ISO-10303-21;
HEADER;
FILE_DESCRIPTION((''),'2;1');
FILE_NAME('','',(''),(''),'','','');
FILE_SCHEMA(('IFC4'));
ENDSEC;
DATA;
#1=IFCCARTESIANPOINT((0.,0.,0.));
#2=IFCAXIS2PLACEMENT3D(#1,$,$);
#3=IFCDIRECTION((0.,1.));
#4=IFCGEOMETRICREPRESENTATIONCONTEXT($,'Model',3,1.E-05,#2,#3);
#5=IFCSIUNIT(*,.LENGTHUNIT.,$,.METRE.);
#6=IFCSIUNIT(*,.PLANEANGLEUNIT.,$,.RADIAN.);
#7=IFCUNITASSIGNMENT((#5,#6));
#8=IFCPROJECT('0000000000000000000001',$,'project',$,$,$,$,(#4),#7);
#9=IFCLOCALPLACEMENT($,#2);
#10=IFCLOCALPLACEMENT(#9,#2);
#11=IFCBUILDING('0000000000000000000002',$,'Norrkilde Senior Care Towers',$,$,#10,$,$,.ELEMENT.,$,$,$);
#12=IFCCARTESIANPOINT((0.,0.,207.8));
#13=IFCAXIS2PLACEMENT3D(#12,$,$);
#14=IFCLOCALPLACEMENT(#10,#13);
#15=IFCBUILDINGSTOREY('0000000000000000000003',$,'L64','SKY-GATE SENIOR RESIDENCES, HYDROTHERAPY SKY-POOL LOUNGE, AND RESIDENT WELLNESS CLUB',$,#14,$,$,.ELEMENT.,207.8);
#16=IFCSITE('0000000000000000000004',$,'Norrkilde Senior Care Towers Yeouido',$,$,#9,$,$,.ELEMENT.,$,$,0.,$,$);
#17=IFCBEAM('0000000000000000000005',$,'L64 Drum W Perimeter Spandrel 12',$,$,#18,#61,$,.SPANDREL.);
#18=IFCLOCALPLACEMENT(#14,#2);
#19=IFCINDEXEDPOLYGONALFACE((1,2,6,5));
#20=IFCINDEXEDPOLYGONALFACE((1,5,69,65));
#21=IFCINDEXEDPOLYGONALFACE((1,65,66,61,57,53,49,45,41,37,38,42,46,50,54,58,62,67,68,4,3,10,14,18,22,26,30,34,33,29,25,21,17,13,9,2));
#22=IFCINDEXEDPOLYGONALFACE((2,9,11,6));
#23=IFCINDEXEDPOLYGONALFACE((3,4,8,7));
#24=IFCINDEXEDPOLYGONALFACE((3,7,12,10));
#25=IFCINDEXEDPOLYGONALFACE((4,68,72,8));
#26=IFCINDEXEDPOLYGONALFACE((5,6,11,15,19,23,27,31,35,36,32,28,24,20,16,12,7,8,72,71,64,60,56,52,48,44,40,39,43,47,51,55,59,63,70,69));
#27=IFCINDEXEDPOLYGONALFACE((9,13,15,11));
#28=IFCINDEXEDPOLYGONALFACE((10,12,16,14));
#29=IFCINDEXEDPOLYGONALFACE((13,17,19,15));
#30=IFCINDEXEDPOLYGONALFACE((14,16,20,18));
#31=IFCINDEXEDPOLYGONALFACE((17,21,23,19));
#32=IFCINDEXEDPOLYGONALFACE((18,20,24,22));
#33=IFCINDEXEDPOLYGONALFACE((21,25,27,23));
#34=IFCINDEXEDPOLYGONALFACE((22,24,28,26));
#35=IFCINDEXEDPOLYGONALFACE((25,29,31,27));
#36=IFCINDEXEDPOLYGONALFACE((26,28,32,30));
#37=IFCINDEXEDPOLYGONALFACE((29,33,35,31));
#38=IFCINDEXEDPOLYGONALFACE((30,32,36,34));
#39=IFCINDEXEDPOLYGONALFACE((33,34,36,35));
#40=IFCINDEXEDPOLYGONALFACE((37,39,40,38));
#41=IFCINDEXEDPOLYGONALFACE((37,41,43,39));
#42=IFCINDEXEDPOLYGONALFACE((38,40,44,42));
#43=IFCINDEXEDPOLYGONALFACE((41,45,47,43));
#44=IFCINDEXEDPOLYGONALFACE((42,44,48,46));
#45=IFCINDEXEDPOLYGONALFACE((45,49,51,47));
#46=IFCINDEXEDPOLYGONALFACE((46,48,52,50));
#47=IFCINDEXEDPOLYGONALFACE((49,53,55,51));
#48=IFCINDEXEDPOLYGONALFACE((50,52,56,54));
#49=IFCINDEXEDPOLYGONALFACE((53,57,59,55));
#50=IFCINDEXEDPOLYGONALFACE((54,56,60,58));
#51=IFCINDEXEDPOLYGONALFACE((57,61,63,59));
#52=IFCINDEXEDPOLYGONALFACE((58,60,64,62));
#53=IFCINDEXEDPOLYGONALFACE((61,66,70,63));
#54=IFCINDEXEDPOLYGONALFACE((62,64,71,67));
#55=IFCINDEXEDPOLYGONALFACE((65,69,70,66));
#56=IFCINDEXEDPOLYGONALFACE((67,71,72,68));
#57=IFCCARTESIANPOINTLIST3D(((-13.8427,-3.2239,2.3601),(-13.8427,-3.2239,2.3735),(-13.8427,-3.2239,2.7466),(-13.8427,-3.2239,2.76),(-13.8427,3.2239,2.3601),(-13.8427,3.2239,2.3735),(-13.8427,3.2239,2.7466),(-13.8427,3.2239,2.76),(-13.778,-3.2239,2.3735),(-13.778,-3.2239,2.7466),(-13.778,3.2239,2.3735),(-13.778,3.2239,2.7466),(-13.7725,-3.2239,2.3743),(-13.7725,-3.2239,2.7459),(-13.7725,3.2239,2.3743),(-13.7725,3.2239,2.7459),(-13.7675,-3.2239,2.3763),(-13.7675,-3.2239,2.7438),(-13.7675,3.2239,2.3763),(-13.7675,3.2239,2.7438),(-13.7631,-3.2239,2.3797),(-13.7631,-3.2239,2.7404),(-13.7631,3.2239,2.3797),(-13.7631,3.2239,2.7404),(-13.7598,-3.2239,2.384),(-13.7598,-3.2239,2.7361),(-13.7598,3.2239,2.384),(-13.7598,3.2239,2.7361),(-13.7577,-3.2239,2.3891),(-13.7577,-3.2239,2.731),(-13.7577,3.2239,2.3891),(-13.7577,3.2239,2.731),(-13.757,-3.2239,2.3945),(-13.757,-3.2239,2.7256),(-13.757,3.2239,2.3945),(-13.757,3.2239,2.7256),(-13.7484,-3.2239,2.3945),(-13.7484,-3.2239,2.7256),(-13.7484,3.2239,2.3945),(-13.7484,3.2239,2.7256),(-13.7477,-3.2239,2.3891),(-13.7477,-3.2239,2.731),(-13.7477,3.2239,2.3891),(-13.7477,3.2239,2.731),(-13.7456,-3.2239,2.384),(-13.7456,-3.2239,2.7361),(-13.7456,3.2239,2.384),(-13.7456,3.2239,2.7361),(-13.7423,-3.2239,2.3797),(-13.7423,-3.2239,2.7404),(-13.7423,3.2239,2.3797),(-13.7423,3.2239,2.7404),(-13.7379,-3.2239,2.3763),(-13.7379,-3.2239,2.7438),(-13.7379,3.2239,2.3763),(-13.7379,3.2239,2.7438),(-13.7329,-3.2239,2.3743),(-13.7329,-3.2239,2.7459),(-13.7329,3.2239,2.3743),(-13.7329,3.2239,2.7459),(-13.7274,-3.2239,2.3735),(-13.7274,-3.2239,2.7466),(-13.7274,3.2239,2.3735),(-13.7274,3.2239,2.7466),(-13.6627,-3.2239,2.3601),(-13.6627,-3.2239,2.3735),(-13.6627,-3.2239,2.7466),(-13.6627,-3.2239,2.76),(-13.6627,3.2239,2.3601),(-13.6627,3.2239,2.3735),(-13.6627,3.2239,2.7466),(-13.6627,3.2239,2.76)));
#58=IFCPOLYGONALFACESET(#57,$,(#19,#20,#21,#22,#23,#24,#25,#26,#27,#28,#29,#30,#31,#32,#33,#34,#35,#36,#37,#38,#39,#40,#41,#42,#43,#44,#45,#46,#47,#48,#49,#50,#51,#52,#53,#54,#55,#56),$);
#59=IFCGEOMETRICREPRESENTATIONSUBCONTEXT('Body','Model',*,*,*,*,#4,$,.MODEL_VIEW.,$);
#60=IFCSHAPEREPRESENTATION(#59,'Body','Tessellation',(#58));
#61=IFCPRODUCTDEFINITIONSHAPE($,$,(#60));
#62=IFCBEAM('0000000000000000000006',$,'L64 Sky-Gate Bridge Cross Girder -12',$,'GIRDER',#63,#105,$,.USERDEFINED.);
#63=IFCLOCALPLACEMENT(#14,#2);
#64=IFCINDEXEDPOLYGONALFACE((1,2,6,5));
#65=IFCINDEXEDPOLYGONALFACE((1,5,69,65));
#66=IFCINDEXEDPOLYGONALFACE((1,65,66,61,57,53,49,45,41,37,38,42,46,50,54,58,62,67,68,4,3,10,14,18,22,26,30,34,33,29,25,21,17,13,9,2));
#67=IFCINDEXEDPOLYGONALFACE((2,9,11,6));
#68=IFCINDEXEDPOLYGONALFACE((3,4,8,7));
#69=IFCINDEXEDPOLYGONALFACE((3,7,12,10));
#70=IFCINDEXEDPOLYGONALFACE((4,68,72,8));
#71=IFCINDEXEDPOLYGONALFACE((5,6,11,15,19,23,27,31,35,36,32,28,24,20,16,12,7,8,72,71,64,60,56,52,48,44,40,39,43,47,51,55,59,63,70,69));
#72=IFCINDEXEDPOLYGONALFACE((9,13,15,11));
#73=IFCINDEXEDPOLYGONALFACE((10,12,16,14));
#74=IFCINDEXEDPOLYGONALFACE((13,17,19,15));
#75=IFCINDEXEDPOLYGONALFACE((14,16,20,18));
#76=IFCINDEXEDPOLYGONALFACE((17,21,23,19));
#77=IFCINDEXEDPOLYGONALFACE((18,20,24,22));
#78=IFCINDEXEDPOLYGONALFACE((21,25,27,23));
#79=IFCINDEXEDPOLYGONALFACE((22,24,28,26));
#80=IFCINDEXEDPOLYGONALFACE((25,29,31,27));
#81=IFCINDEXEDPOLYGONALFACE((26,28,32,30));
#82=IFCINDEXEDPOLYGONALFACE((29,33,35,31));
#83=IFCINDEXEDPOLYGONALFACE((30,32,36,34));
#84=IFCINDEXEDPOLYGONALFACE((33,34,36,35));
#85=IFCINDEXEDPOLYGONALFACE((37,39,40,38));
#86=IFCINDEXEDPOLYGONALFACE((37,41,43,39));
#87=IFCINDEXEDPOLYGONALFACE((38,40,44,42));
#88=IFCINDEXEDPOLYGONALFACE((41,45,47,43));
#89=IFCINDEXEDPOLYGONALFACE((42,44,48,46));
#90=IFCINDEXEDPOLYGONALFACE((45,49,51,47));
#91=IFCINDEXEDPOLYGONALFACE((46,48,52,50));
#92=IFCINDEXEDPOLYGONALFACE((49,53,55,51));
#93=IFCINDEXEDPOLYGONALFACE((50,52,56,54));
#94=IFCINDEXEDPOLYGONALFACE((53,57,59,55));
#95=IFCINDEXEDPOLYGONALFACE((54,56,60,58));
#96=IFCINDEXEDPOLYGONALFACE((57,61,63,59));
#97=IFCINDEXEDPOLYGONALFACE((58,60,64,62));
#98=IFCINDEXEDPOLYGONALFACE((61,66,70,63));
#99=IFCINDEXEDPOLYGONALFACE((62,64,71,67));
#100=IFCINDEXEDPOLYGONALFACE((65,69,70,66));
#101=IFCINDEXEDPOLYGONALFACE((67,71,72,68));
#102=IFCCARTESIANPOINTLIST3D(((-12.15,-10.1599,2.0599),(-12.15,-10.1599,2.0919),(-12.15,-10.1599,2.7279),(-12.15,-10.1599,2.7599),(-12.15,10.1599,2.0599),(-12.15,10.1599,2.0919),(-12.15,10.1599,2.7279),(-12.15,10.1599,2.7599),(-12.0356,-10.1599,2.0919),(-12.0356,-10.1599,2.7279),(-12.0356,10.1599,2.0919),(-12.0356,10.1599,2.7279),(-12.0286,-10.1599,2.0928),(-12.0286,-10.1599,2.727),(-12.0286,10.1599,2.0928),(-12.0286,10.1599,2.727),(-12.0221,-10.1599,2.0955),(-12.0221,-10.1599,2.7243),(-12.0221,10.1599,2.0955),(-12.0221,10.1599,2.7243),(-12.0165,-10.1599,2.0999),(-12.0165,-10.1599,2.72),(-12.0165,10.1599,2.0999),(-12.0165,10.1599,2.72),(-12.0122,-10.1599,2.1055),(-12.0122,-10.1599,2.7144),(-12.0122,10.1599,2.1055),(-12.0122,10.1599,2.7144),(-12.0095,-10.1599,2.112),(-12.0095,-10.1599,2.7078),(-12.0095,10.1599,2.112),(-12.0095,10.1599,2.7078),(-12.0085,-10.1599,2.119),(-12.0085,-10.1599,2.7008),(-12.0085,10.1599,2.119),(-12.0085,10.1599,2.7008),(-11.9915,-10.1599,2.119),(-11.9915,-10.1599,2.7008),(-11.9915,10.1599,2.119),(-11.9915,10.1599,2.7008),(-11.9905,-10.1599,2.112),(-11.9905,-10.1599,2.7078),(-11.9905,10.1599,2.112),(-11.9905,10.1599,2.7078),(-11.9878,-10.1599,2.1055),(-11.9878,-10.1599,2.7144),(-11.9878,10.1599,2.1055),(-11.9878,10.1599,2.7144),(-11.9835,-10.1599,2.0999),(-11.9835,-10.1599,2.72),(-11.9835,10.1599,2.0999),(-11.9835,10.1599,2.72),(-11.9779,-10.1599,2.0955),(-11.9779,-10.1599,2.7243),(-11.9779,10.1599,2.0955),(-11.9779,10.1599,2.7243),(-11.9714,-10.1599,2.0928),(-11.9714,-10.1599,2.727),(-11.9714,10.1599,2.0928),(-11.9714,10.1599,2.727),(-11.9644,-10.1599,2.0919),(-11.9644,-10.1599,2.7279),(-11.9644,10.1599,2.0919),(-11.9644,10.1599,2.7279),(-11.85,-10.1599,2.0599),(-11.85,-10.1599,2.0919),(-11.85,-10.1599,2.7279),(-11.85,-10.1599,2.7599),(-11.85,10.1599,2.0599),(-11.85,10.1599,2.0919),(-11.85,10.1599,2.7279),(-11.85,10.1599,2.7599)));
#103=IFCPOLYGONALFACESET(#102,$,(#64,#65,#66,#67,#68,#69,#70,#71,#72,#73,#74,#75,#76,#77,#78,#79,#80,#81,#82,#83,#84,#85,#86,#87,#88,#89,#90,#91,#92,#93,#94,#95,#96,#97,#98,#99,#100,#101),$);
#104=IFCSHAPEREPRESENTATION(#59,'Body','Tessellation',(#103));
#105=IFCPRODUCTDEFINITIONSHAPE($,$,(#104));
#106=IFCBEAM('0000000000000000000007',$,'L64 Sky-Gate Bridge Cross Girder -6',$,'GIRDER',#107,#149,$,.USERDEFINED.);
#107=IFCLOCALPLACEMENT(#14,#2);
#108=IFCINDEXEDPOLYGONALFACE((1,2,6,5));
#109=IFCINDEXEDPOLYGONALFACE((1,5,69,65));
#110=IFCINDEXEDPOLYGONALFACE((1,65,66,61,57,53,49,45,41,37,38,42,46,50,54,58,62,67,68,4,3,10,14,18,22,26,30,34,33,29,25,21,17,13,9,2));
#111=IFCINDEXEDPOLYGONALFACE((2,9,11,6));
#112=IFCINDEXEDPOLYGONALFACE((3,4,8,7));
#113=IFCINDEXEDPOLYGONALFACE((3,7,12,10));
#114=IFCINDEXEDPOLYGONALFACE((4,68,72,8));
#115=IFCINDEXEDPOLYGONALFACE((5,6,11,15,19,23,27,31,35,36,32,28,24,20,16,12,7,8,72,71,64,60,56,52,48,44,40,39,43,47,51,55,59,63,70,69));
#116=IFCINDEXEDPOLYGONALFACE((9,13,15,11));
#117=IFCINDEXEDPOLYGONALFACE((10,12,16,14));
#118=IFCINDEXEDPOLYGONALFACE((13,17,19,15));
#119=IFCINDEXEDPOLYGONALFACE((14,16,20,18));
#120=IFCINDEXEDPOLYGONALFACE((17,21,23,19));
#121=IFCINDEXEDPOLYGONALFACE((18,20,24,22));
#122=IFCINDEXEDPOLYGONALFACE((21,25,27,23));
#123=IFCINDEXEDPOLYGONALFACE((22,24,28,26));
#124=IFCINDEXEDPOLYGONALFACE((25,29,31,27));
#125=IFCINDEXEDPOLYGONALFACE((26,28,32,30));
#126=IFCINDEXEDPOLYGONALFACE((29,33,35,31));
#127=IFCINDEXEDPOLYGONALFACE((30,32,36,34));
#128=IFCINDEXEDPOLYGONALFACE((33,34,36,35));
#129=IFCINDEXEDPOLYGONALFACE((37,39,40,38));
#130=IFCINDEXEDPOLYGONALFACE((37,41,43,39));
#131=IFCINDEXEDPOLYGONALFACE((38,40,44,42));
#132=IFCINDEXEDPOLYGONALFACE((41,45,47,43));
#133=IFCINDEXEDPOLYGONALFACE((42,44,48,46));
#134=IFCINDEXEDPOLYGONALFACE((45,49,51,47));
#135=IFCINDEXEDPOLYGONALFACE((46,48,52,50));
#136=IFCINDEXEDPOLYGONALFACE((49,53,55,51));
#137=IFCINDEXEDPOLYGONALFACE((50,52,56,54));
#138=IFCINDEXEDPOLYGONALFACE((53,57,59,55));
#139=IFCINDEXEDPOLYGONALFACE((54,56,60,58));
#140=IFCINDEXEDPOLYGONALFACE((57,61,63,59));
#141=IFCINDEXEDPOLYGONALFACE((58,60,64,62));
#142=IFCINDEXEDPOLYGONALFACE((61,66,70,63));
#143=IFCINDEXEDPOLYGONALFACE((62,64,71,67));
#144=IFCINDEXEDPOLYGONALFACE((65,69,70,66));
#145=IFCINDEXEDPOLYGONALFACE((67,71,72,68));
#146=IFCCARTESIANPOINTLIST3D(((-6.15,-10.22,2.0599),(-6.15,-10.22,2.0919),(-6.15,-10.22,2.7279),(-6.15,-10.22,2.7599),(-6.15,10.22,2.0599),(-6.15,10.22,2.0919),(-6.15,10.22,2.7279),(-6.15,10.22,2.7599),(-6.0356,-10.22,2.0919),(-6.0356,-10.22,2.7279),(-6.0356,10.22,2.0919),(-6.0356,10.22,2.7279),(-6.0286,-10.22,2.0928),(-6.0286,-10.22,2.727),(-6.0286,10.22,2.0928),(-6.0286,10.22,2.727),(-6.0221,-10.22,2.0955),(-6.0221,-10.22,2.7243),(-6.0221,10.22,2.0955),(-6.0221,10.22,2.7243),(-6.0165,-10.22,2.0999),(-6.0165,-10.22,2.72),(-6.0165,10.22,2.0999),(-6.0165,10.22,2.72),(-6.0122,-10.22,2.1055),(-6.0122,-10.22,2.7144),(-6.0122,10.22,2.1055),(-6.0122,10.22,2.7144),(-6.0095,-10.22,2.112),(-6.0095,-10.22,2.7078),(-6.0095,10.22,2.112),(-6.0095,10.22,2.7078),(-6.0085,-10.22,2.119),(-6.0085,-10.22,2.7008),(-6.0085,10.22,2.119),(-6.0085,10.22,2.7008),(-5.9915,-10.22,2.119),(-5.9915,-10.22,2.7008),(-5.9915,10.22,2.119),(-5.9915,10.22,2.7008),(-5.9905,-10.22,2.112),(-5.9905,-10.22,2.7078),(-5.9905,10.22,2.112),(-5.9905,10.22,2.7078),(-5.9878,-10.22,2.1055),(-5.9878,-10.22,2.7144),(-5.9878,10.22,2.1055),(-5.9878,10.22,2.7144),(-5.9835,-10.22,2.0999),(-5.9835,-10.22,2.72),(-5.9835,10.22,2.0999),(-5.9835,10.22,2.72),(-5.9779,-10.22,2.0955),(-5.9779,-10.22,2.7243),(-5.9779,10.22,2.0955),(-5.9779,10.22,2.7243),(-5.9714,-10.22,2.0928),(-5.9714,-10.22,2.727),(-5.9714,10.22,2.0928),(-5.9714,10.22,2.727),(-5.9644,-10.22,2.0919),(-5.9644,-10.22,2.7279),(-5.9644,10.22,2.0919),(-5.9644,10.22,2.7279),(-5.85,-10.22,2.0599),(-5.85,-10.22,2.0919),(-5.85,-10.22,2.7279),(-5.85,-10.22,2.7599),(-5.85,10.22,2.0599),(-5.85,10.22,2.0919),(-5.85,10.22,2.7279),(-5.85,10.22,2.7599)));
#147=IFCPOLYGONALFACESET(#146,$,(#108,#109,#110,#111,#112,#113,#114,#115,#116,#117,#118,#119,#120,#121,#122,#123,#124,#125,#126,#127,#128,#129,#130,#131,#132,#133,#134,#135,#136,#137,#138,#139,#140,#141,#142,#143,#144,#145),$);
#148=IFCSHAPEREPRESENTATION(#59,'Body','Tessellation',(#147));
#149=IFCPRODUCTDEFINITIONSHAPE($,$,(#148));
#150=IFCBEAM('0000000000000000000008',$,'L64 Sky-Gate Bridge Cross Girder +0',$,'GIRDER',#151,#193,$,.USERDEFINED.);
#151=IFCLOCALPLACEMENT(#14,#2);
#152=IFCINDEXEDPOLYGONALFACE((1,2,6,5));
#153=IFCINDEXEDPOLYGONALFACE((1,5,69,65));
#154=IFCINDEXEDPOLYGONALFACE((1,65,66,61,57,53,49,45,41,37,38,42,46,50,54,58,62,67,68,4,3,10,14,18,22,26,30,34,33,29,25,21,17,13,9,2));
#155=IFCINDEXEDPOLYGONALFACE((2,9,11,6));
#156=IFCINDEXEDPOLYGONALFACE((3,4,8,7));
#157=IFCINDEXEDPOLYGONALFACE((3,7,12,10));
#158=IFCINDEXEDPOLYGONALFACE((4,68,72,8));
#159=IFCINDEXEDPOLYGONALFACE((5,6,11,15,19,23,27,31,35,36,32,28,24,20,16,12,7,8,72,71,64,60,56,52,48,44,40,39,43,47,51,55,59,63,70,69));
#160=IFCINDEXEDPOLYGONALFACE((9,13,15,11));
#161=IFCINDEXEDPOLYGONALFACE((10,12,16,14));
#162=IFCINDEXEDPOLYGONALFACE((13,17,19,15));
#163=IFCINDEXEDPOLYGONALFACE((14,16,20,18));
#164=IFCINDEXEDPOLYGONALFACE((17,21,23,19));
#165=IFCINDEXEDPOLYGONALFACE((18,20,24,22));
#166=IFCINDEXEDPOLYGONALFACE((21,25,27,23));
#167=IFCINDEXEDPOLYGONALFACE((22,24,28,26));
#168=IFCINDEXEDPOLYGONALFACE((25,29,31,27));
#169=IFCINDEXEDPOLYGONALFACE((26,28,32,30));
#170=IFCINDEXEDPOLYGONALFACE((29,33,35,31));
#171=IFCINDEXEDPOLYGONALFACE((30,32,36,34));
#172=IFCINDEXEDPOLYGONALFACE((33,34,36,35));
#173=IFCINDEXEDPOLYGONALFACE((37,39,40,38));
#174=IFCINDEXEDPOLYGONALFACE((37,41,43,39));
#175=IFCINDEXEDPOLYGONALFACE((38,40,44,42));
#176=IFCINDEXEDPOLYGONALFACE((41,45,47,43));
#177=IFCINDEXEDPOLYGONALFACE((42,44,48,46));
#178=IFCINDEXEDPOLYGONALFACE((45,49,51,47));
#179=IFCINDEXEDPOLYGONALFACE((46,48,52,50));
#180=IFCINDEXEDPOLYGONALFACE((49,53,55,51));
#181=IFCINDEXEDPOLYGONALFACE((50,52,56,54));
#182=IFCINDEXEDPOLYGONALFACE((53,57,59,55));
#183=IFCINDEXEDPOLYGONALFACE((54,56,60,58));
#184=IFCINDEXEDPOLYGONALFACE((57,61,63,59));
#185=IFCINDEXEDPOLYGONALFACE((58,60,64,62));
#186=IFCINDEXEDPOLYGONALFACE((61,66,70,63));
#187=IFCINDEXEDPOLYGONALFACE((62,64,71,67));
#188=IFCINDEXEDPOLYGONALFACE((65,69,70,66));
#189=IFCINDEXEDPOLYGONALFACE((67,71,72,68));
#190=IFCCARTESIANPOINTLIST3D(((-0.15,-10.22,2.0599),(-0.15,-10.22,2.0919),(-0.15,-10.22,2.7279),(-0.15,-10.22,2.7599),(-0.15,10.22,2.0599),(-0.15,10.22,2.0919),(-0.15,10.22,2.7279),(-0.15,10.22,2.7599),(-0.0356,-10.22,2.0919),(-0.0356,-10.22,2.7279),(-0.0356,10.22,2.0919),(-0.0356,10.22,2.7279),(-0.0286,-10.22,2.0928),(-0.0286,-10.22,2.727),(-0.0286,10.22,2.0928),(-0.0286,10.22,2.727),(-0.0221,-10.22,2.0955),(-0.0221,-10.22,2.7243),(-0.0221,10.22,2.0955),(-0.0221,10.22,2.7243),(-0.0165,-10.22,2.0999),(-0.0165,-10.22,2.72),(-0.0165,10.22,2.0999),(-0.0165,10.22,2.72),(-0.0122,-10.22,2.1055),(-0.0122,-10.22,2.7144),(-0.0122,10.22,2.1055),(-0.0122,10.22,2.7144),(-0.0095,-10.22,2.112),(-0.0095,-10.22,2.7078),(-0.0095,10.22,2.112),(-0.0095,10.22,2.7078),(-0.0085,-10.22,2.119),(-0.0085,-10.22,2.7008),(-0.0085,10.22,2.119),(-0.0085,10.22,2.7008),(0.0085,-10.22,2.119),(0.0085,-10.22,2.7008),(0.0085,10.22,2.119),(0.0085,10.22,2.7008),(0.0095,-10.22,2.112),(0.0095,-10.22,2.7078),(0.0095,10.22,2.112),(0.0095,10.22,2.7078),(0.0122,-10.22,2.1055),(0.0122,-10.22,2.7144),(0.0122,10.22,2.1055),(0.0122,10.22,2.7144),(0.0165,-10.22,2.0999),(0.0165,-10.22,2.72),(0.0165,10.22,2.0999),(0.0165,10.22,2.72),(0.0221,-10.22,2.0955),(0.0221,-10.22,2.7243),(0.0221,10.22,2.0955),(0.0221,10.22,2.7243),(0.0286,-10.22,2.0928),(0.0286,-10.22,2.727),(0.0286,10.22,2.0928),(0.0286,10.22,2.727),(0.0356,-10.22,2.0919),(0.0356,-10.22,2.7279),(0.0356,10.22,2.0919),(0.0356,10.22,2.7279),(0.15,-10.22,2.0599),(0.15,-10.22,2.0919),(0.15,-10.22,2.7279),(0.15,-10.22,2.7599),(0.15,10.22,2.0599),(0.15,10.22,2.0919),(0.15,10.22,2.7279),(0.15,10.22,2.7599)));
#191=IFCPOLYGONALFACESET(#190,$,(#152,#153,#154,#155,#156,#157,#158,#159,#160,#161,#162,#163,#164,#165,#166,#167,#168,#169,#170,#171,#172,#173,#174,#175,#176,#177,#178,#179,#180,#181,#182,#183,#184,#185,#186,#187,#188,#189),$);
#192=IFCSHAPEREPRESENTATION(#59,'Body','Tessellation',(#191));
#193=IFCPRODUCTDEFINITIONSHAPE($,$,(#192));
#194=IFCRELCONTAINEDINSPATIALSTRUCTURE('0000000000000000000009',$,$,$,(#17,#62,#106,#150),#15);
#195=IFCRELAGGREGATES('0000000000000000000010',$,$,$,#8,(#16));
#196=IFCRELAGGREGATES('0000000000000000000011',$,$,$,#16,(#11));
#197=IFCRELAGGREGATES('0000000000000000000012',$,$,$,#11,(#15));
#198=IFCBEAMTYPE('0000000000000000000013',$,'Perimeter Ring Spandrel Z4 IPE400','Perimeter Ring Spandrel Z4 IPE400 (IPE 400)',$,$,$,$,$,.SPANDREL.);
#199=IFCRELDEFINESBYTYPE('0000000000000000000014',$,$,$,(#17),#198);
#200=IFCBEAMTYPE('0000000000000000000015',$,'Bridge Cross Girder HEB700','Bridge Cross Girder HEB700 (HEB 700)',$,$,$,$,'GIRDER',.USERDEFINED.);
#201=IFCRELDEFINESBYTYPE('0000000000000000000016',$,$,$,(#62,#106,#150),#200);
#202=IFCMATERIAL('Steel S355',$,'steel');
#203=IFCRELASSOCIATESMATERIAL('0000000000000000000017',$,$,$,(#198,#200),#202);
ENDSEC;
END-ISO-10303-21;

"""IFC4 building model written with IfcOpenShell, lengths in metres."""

from ifc_helpers import new_model, si_unit, direction, frame, origin, origin_2d, place, context, subcontext, project, spatial, i_section, extrude, source, transform, mapped, material, material_profile, profile_set, type_object, type_shapes, element, save


model = new_model("IFC4")

# Units and contexts
model_context = context("Model", 3, precision=1e-05, world=origin(), true_north=direction((0.0, 1.0)))
body_context = subcontext(model_context, "Body", "Model", "MODEL_VIEW")
ifc_project = project(units=[si_unit("LENGTHUNIT", "METRE"), si_unit("PLANEANGLEUNIT", "RADIAN")], contexts=[model_context])

# Site, building, storey
site_placement = place(None, origin())
site = spatial("IfcSite", under=ifc_project, at=site_placement, Name="Norrkilde Senior Care Towers Yeouido", CompositionType="ELEMENT", RefElevation=0.0)
building_placement = place(site_placement, origin())
building = spatial("IfcBuilding", under=site, at=building_placement, Name="Norrkilde Senior Care Towers", CompositionType="ELEMENT")
storey_placement = place(building_placement, frame((0.0, 0.0, 207.8)))
storey = spatial("IfcBuildingStorey", under=building, at=storey_placement, Name="L64", Description="SKY-GATE SENIOR RESIDENCES, HYDROTHERAPY SKY-POOL LOUNGE, AND RESIDENT WELLNESS CLUB", CompositionType="ELEMENT", Elevation=207.8)

# Shared definitions
ifc_material_1 = material(Name="Steel S355", Category="steel")

# Beams
ifc_material_profile_1 = material_profile(ifc_material_1, i_section(OverallWidth=0.1799, OverallDepth=0.3999, WebThickness=0.0085, FlangeThickness=0.0134, FilletRadius=0.021, at=origin_2d()), Name="IPE 400")
ifc_profile_set_1 = profile_set([ifc_material_profile_1], Name="Steel S355")
beam_type_1 = type_object("IfcBeamType", Name="Perimeter Ring Spandrel Z4 IPE400", Description="Perimeter Ring Spandrel Z4 IPE400 (IPE 400)", PredefinedType="SPANDREL", material=ifc_profile_set_1)
shared_shape_1 = source(origin(), body_context, "Body", "SweptSolid", [
    extrude(i_section(OverallWidth=0.1799, OverallDepth=0.3999, WebThickness=0.0085, FlangeThickness=0.0134, FilletRadius=0.021, at=origin_2d()), origin(), (0.0, 0.0, 1.0), 6.4478),
])
type_shapes(beam_type_1, [shared_shape_1])
beam_1_placement = place(storey_placement, frame((-13.7527, -3.2239, 2.5601), z_axis=(0.0, 1.0, 0.0), x_axis=(-1.0, 0.0, 0.0)))
element("IfcBeam", 1, at=beam_1_placement, inside=storey, type_object=beam_type_1, Name="L64 Drum W Perimeter Spandrel 12", PredefinedType="SPANDREL", context=body_context, shape_type="MappedRepresentation", body=[
    mapped(shared_shape_1, transform((0.0, 0.0, 0.0), x_axis=(1.0, 0.0, 0.0), y_axis=(0.0, 1.0, 0.0), z_axis=(0.0, 0.0, 1.0), scale=1.0)),
])
ifc_material_profile_2 = material_profile(ifc_material_1, i_section(OverallWidth=0.3, OverallDepth=0.7, WebThickness=0.0171, FlangeThickness=0.032, FilletRadius=0.0271, at=origin_2d()), Name="HEB 700")
ifc_profile_set_2 = profile_set([ifc_material_profile_2], Name="Steel S355")
beam_type_2 = type_object("IfcBeamType", Name="Bridge Cross Girder HEB700", Description="Bridge Cross Girder HEB700 (HEB 700)", ElementType="GIRDER", PredefinedType="USERDEFINED", material=ifc_profile_set_2)
shared_shape_2 = source(origin(), body_context, "Body", "SweptSolid", [
    extrude(i_section(OverallWidth=0.3, OverallDepth=0.7, WebThickness=0.0171, FlangeThickness=0.032, FilletRadius=0.0271, at=origin_2d()), origin(), (0.0, 0.0, 1.0), 20.3198),
])
beam_2_placement = place(storey_placement, frame((-12.0, -10.1599, 2.4099), z_axis=(0.0, 1.0, 0.0), x_axis=(-1.0, 0.0, 0.0)))
element("IfcBeam", 2, at=beam_2_placement, inside=storey, type_object=beam_type_2, Name="L64 Sky-Gate Bridge Cross Girder -12", ObjectType="GIRDER", PredefinedType="USERDEFINED", context=body_context, shape_type="MappedRepresentation", body=[
    mapped(shared_shape_2, transform((0.0, 0.0, 0.0), x_axis=(1.0, 0.0, 0.0), y_axis=(0.0, 1.0, 0.0), z_axis=(0.0, 0.0, 1.0), scale=1.0)),
])
shared_shape_3 = source(origin(), body_context, "Body", "SweptSolid", [
    extrude(i_section(OverallWidth=0.3, OverallDepth=0.7, WebThickness=0.0171, FlangeThickness=0.032, FilletRadius=0.0271, at=origin_2d()), origin(), (0.0, 0.0, 1.0), 20.4399),
])
type_shapes(beam_type_2, [shared_shape_2, shared_shape_3])
for number, where, z_axis, x_axis, name in (
    (3, (-6.0, -10.22, 2.4099), (0.0, 1.0, 0.0), (-1.0, 0.0, 0.0), "L64 Sky-Gate Bridge Cross Girder -6"),
    (4, (0.0, -10.22, 2.4099), (0.0, 1.0, 0.0), (-1.0, 0.0, 0.0), "L64 Sky-Gate Bridge Cross Girder +0"),
):
    element("IfcBeam", number, at=place(storey_placement, frame(where, z_axis=z_axis, x_axis=x_axis)), inside=storey, type_object=beam_type_2, Name=name, ObjectType="GIRDER", PredefinedType="USERDEFINED", context=body_context, shape_type="MappedRepresentation", body=[
        mapped(shared_shape_3, transform((0.0, 0.0, 0.0), x_axis=(1.0, 0.0, 0.0), y_axis=(0.0, 1.0, 0.0), z_axis=(0.0, 0.0, 1.0), scale=1.0)),
    ])

save(model, "model.ifc")
